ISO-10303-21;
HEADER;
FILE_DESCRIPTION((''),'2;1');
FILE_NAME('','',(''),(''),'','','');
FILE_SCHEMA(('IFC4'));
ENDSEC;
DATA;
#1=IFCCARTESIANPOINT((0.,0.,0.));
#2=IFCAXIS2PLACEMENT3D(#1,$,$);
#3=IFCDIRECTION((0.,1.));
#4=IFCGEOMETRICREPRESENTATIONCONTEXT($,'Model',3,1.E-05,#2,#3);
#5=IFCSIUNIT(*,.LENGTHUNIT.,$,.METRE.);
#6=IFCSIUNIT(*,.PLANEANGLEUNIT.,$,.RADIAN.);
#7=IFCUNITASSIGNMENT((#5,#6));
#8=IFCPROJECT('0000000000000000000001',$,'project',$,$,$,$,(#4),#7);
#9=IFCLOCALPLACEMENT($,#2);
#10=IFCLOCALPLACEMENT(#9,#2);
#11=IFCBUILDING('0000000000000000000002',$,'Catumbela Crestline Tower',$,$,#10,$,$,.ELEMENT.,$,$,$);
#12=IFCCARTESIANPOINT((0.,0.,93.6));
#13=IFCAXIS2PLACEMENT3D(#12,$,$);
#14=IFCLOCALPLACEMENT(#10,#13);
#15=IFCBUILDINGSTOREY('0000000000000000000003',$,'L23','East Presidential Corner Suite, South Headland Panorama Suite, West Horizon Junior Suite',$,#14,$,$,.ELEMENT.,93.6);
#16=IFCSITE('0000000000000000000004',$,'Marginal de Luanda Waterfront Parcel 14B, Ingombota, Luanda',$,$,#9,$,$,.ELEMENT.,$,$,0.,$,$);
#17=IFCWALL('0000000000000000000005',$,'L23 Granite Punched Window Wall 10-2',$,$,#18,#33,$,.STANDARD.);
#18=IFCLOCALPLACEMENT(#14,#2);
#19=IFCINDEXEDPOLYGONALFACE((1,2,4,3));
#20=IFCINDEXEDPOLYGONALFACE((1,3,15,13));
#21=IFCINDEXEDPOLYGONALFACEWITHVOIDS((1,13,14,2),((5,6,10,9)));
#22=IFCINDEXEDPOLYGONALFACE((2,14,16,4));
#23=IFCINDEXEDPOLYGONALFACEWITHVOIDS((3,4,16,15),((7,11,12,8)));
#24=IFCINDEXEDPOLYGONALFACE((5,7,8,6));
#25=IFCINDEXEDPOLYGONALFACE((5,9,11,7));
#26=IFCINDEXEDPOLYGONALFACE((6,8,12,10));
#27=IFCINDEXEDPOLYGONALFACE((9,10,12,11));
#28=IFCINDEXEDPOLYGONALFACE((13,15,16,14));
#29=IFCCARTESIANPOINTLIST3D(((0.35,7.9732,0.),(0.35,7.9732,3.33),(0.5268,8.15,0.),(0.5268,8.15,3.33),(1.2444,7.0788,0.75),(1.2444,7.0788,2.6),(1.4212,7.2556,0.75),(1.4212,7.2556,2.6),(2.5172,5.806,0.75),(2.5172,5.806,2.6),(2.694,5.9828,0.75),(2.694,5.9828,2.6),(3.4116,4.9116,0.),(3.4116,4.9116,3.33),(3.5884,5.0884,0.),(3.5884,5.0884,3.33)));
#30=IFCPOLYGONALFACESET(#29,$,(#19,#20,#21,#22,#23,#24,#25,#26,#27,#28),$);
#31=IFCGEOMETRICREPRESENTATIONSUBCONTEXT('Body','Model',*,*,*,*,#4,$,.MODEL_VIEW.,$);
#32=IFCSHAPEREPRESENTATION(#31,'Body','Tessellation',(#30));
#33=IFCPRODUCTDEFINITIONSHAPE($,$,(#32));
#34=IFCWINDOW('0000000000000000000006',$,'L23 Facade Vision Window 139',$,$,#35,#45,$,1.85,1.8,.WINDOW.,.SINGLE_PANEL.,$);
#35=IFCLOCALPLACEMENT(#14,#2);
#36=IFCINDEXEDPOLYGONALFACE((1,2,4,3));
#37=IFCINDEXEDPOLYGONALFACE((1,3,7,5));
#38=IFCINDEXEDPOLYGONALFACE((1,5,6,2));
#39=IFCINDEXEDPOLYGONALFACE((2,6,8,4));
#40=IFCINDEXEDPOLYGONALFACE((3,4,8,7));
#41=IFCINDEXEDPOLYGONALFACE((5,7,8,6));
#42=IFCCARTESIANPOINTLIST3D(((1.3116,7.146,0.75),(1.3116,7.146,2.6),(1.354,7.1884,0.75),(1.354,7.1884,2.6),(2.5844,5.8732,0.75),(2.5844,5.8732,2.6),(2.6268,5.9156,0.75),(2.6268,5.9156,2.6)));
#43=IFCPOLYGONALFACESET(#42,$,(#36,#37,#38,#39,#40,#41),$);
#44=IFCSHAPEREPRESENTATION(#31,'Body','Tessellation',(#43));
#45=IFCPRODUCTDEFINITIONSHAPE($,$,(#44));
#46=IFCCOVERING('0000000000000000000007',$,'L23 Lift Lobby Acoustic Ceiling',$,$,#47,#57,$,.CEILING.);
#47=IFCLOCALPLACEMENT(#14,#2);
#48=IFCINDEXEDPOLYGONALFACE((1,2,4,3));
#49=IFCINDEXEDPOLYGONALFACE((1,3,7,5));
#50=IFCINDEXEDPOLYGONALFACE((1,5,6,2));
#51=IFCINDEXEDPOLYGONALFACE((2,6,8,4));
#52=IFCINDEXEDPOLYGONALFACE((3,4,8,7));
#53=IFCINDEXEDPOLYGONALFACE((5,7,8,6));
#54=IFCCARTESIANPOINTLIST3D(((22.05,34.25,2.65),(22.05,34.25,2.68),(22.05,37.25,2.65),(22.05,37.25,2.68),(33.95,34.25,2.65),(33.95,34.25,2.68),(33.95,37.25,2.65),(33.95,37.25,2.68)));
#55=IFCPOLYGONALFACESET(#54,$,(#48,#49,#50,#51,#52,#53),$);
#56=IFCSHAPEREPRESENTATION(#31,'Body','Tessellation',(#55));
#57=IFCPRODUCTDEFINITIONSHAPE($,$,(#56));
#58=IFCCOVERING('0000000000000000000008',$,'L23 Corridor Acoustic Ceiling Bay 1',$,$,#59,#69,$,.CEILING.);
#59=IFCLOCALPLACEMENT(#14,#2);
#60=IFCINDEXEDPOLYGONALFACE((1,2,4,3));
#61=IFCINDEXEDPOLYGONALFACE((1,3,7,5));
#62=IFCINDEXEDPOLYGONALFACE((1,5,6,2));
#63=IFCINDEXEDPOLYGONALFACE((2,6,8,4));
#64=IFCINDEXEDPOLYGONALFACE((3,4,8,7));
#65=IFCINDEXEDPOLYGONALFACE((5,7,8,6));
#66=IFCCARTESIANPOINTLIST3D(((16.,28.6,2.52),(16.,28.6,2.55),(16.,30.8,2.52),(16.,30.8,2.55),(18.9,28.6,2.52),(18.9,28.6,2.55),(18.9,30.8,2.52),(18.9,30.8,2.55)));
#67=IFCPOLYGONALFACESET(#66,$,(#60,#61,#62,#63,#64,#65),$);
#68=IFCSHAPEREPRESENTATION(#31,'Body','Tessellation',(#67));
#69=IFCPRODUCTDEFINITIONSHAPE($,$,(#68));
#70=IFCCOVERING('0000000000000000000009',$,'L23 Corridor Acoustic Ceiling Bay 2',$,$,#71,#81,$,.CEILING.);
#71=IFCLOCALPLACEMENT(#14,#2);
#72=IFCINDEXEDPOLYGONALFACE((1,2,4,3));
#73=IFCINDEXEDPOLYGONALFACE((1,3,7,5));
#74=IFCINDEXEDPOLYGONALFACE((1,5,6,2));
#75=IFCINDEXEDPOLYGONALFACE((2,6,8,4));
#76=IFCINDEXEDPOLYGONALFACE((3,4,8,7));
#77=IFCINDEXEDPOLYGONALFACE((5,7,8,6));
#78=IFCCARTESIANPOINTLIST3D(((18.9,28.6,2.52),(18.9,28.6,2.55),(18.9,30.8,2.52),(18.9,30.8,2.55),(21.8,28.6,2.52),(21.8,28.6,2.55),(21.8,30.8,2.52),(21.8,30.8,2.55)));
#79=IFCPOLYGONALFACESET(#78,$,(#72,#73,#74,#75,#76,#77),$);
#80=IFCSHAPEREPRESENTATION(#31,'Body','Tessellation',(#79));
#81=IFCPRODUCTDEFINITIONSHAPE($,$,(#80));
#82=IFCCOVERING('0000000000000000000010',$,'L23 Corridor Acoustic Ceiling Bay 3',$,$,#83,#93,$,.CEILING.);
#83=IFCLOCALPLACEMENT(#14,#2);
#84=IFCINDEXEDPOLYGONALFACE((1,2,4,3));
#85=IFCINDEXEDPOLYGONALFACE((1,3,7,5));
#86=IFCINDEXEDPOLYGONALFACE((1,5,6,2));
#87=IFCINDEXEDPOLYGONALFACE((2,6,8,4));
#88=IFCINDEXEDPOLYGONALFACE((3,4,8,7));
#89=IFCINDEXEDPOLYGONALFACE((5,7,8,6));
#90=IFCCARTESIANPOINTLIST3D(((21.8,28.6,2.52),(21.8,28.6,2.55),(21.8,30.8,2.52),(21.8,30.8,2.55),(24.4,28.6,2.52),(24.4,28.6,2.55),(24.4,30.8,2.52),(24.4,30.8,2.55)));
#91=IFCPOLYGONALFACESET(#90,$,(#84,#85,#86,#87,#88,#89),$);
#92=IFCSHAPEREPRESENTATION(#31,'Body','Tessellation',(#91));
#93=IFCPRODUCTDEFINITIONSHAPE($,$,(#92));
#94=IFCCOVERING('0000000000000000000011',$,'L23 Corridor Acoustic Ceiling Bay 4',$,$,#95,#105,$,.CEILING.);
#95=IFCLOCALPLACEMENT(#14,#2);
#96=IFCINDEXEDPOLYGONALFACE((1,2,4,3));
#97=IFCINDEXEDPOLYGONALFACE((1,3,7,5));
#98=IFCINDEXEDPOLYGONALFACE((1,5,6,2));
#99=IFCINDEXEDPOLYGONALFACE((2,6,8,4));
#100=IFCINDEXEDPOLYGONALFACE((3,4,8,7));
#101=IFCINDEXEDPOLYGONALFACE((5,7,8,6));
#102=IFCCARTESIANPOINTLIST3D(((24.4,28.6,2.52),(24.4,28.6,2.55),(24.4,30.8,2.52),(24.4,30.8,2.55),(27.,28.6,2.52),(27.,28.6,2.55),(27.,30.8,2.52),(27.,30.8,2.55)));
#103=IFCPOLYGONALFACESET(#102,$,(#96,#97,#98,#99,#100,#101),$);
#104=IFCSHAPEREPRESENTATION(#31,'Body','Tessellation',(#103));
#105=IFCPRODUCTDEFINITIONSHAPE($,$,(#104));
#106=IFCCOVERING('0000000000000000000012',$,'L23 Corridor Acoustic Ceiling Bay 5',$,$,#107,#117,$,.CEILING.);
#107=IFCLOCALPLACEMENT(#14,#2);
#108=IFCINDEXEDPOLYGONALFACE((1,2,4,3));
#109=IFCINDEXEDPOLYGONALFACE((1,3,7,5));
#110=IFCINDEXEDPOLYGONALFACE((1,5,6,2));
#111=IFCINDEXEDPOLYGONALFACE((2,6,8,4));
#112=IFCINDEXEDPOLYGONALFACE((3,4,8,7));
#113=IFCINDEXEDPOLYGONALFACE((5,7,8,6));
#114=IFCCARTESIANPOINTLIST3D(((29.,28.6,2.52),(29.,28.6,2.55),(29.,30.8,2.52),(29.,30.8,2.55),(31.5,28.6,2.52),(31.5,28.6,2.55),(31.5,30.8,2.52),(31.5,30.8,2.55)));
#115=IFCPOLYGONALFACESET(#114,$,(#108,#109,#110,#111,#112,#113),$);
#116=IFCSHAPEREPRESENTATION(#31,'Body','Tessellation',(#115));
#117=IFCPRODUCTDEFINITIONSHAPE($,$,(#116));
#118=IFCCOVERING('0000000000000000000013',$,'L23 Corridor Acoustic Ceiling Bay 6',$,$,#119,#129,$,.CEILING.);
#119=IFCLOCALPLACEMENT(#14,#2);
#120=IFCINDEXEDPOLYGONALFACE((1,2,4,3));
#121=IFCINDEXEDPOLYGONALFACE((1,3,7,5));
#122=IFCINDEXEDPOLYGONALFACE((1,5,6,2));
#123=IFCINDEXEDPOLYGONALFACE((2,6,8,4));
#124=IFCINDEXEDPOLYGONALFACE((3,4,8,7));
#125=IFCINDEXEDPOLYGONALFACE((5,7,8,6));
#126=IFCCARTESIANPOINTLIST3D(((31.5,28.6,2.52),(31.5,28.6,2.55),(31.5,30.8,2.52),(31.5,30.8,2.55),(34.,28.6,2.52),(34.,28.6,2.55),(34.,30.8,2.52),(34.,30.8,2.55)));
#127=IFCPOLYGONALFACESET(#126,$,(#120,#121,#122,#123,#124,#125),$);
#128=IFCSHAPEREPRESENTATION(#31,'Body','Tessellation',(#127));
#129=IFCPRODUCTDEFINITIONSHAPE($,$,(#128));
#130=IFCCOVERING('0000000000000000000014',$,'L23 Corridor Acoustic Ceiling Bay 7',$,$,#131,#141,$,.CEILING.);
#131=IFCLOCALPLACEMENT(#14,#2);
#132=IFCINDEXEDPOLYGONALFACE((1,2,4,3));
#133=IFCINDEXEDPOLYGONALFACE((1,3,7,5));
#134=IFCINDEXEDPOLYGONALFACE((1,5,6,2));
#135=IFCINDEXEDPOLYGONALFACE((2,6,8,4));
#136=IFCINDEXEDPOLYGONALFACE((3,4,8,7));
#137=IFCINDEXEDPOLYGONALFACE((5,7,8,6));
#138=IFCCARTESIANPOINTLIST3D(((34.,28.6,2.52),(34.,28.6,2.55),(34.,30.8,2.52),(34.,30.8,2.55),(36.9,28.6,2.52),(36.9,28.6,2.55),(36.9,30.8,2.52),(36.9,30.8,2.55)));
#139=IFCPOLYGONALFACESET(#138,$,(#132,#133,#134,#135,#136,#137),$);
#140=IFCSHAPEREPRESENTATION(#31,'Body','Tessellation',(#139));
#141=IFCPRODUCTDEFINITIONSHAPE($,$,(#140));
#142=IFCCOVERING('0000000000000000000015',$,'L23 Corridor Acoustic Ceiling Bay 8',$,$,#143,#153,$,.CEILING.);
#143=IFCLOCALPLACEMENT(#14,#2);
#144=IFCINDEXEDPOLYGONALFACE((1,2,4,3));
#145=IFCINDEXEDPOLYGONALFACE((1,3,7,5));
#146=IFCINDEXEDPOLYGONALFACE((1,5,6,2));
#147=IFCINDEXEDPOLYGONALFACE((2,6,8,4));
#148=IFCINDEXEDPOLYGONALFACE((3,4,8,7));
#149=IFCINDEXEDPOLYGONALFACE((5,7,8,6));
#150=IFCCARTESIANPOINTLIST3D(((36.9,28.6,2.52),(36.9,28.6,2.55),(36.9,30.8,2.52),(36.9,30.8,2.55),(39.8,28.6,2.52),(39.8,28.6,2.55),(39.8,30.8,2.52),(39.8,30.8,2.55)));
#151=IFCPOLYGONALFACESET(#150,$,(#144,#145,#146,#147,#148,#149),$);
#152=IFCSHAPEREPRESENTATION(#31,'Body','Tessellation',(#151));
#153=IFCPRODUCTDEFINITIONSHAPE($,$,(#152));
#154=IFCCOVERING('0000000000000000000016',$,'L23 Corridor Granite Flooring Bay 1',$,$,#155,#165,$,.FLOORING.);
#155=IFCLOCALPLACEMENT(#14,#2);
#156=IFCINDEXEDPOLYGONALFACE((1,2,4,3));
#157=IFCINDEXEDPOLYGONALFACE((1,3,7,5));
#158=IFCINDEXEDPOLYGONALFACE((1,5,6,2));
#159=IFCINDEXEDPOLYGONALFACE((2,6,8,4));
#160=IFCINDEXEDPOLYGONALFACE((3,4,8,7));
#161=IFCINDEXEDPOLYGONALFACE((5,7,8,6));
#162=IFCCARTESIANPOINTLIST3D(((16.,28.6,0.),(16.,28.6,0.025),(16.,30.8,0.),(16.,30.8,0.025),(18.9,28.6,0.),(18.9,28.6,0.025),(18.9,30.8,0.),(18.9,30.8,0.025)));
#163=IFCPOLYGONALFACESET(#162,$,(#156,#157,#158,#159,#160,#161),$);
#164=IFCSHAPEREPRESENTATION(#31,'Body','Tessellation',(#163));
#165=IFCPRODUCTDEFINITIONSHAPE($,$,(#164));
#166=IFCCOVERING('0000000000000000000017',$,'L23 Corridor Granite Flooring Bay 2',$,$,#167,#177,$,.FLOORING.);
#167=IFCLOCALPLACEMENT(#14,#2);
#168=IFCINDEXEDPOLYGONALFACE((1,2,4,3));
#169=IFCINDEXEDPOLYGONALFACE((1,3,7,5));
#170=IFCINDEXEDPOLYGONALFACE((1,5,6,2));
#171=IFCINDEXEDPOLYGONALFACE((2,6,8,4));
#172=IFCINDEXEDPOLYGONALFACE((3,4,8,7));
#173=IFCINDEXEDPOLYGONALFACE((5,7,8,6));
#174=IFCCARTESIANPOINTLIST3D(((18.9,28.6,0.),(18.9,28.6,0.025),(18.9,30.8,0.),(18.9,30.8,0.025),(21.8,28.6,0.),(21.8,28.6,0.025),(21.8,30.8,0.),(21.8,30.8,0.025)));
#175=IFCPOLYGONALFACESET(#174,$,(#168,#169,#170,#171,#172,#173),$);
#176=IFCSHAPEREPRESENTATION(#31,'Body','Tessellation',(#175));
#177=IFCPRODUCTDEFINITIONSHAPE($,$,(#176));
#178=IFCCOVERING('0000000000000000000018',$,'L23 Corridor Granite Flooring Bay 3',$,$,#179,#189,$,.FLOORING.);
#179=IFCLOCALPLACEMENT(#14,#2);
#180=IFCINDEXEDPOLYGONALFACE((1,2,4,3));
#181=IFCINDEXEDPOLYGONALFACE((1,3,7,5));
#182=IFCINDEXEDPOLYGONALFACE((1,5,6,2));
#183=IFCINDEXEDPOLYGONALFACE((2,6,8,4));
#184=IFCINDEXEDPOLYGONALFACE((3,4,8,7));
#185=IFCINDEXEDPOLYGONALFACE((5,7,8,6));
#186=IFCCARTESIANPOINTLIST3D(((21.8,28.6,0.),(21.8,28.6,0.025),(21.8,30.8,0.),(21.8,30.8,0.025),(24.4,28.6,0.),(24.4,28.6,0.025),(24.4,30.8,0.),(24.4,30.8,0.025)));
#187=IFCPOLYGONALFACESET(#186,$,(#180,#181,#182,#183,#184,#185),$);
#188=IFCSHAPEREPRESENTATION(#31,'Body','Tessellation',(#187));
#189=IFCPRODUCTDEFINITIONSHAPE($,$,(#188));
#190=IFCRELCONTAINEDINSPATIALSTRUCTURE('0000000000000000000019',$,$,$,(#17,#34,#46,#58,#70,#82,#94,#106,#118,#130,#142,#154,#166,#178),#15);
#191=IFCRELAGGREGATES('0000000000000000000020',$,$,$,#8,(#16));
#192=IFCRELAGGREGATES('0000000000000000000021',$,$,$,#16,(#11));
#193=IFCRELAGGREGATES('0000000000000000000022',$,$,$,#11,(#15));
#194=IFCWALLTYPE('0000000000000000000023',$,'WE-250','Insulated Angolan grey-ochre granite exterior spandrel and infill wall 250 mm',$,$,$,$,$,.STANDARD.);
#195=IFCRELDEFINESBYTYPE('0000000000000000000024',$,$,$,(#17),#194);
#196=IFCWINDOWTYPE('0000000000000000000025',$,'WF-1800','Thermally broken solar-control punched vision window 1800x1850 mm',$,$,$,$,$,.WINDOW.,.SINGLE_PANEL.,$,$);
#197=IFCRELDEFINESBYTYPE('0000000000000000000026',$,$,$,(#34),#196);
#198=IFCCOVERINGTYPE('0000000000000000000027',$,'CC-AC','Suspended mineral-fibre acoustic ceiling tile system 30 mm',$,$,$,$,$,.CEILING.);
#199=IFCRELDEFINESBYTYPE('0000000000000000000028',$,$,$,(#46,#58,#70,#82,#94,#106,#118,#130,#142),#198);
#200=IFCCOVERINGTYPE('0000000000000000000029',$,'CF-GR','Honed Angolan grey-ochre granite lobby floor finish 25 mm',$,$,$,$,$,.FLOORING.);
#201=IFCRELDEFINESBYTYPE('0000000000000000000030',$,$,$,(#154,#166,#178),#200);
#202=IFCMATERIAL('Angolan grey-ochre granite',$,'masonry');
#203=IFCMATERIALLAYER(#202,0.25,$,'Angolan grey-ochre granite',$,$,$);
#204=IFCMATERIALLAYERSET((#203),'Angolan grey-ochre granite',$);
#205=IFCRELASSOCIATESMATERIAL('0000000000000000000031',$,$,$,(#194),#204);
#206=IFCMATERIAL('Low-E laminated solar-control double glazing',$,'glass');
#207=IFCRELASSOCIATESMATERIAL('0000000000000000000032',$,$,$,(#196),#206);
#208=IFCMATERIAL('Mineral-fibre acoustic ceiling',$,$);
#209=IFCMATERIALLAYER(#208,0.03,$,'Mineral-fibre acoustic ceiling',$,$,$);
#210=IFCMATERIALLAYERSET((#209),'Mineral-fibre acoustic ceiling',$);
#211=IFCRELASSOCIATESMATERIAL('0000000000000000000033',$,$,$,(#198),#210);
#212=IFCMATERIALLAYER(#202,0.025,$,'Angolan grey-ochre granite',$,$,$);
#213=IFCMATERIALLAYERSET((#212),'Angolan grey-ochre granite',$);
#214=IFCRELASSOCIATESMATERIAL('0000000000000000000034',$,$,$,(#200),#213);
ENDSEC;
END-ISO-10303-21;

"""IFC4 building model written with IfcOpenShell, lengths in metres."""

from ifc_helpers import new_model, si_unit, direction, frame, frame_2d, origin, place, context, subcontext, project, spatial, polyline, rectangle, outline, extrude, material, layer, layer_set, type_object, element, fill, save


model = new_model("IFC4")

# Units and contexts
model_context = context("Model", 3, precision=1e-05, world=origin(), true_north=direction((0.0, 1.0)))
body_context = subcontext(model_context, "Body", "Model", "MODEL_VIEW")
ifc_project = project(units=[si_unit("LENGTHUNIT", "METRE"), si_unit("PLANEANGLEUNIT", "RADIAN")], contexts=[model_context])

# Site, building, storey
site_placement = place(None, origin())
site = spatial("IfcSite", under=ifc_project, at=site_placement, Name="Marginal de Luanda Waterfront Parcel 14B, Ingombota, Luanda", CompositionType="ELEMENT", RefElevation=0.0)
building_placement = place(site_placement, origin())
building = spatial("IfcBuilding", under=site, at=building_placement, Name="Catumbela Crestline Tower", CompositionType="ELEMENT")
storey_placement = place(building_placement, frame((0.0, 0.0, 93.6)))
storey = spatial("IfcBuildingStorey", under=building, at=storey_placement, Name="L23", Description="East Presidential Corner Suite, South Headland Panorama Suite, West Horizon Junior Suite", CompositionType="ELEMENT", Elevation=93.6)

# Shared definitions
ifc_material_1 = material(Name="Angolan grey-ochre granite", Category="masonry")
ifc_layer_1 = layer(ifc_material_1, 0.25, Name="Angolan grey-ochre granite")
ifc_layer_set_1 = layer_set([ifc_layer_1], Name="Angolan grey-ochre granite")
wall_type = type_object("IfcWallType", Name="WE-250", Description="Insulated Angolan grey-ochre granite exterior spandrel and infill wall 250 mm", PredefinedType="STANDARD", material=ifc_layer_set_1)

# Wall, opening, window
wall_1_placement = place(storey_placement, frame((0.4384, 8.0616, 0.0), z_axis=(0.0, 0.0, 1.0), x_axis=(0.707107, -0.707107, 0.0)))
wall_1 = element("IfcWall", 1, at=wall_1_placement, inside=storey, type_object=wall_type, Name="L23 Granite Punched Window Wall 10-2", PredefinedType="STANDARD", context=body_context, shape_type="SweptSolid", body=[
    extrude(rectangle(XDim=4.3298, YDim=0.25, at=frame_2d((2.1649, 0.0))), origin(), (0.0, 0.0, 1.0), 3.33),
])
opening_placement = place(wall_1_placement, frame((1.2649, 0.0, 0.75)))
opening = element("IfcOpeningElement", 2, at=opening_placement, cuts=wall_1, PredefinedType="OPENING", context=body_context, shape_type="SweptSolid", body=[
    extrude(rectangle(XDim=1.8, YDim=1.85, at=frame_2d((0.9, 0.925))), frame((0.0, 0.135, 0.0), z_axis=(0.0, -1.0, 0.0), x_axis=(1.0, 0.0, 0.0)), (0.0, 0.0, 1.0), 0.27),
])
ifc_material_2 = material(Name="Low-E laminated solar-control double glazing", Category="glass")
window_type = type_object("IfcWindowType", Name="WF-1800", Description="Thermally broken solar-control punched vision window 1800x1850 mm", PartitioningType="SINGLE_PANEL", PredefinedType="WINDOW", material=ifc_material_2)
window_placement = place(opening_placement, origin())
window = element("IfcWindow", 3, at=window_placement, inside=storey, type_object=window_type, Name="L23 Facade Vision Window 139", OverallHeight=1.85, OverallWidth=1.8, PartitioningType="SINGLE_PANEL", PredefinedType="WINDOW", context=body_context, shape_type="SweptSolid", body=[
    extrude(rectangle(XDim=1.8, YDim=1.85, at=frame_2d((0.9, 0.925))), frame((0.0, 0.03, 0.0), z_axis=(0.0, -1.0, 0.0), x_axis=(1.0, 0.0, 0.0)), (0.0, 0.0, 1.0), 0.06),
])
fill(opening, window)

# Coverings
ifc_material_3 = material(Name="Mineral-fibre acoustic ceiling")
ifc_layer_2 = layer(ifc_material_3, 0.03, Name="Mineral-fibre acoustic ceiling")
ifc_layer_set_2 = layer_set([ifc_layer_2], Name="Mineral-fibre acoustic ceiling")
covering_type_1 = type_object("IfcCoveringType", Name="CC-AC", Description="Suspended mineral-fibre acoustic ceiling tile system 30 mm", PredefinedType="CEILING", material=ifc_layer_set_2)
covering_1_placement = place(storey_placement, frame((0.0, 0.0, 2.65)))
element("IfcCovering", 4, at=covering_1_placement, inside=storey, type_object=covering_type_1, Name="L23 Lift Lobby Acoustic Ceiling", PredefinedType="CEILING", context=body_context, shape_type="SweptSolid", body=[
    extrude(outline(polyline([(22.05, 34.25), (33.95, 34.25), (33.95, 37.25), (22.05, 37.25), (22.05, 34.25)])), origin(), (0.0, 0.0, 1.0), 0.03),
])
covering_2_placement = place(storey_placement, frame((0.0, 0.0, 2.52)))
element("IfcCovering", 5, at=covering_2_placement, inside=storey, type_object=covering_type_1, Name="L23 Corridor Acoustic Ceiling Bay 1", PredefinedType="CEILING", context=body_context, shape_type="SweptSolid", body=[
    extrude(outline(polyline([(16.0, 28.6), (18.9, 28.6), (18.9, 30.8), (16.0, 30.8), (16.0, 28.6)])), origin(), (0.0, 0.0, 1.0), 0.03),
])
covering_3_placement = place(storey_placement, frame((0.0, 0.0, 2.52)))
element("IfcCovering", 6, at=covering_3_placement, inside=storey, type_object=covering_type_1, Name="L23 Corridor Acoustic Ceiling Bay 2", PredefinedType="CEILING", context=body_context, shape_type="SweptSolid", body=[
    extrude(outline(polyline([(18.9, 28.6), (21.8, 28.6), (21.8, 30.8), (18.9, 30.8), (18.9, 28.6)])), origin(), (0.0, 0.0, 1.0), 0.03),
])
covering_4_placement = place(storey_placement, frame((0.0, 0.0, 2.52)))
element("IfcCovering", 7, at=covering_4_placement, inside=storey, type_object=covering_type_1, Name="L23 Corridor Acoustic Ceiling Bay 3", PredefinedType="CEILING", context=body_context, shape_type="SweptSolid", body=[
    extrude(outline(polyline([(21.8, 28.6), (24.4, 28.6), (24.4, 30.8), (21.8, 30.8), (21.8, 28.6)])), origin(), (0.0, 0.0, 1.0), 0.03),
])
covering_5_placement = place(storey_placement, frame((0.0, 0.0, 2.52)))
element("IfcCovering", 8, at=covering_5_placement, inside=storey, type_object=covering_type_1, Name="L23 Corridor Acoustic Ceiling Bay 4", PredefinedType="CEILING", context=body_context, shape_type="SweptSolid", body=[
    extrude(outline(polyline([(24.4, 28.6), (27.0, 28.6), (27.0, 30.8), (24.4, 30.8), (24.4, 28.6)])), origin(), (0.0, 0.0, 1.0), 0.03),
])
covering_6_placement = place(storey_placement, frame((0.0, 0.0, 2.52)))
element("IfcCovering", 9, at=covering_6_placement, inside=storey, type_object=covering_type_1, Name="L23 Corridor Acoustic Ceiling Bay 5", PredefinedType="CEILING", context=body_context, shape_type="SweptSolid", body=[
    extrude(outline(polyline([(29.0, 28.6), (31.5, 28.6), (31.5, 30.8), (29.0, 30.8), (29.0, 28.6)])), origin(), (0.0, 0.0, 1.0), 0.03),
])
covering_7_placement = place(storey_placement, frame((0.0, 0.0, 2.52)))
element("IfcCovering", 10, at=covering_7_placement, inside=storey, type_object=covering_type_1, Name="L23 Corridor Acoustic Ceiling Bay 6", PredefinedType="CEILING", context=body_context, shape_type="SweptSolid", body=[
    extrude(outline(polyline([(31.5, 28.6), (34.0, 28.6), (34.0, 30.8), (31.5, 30.8), (31.5, 28.6)])), origin(), (0.0, 0.0, 1.0), 0.03),
])
covering_8_placement = place(storey_placement, frame((0.0, 0.0, 2.52)))
element("IfcCovering", 11, at=covering_8_placement, inside=storey, type_object=covering_type_1, Name="L23 Corridor Acoustic Ceiling Bay 7", PredefinedType="CEILING", context=body_context, shape_type="SweptSolid", body=[
    extrude(outline(polyline([(34.0, 28.6), (36.9, 28.6), (36.9, 30.8), (34.0, 30.8), (34.0, 28.6)])), origin(), (0.0, 0.0, 1.0), 0.03),
])
covering_9_placement = place(storey_placement, frame((0.0, 0.0, 2.52)))
element("IfcCovering", 12, at=covering_9_placement, inside=storey, type_object=covering_type_1, Name="L23 Corridor Acoustic Ceiling Bay 8", PredefinedType="CEILING", context=body_context, shape_type="SweptSolid", body=[
    extrude(outline(polyline([(36.9, 28.6), (39.8, 28.6), (39.8, 30.8), (36.9, 30.8), (36.9, 28.6)])), origin(), (0.0, 0.0, 1.0), 0.03),
])
ifc_layer_3 = layer(ifc_material_1, 0.025, Name="Angolan grey-ochre granite")
ifc_layer_set_3 = layer_set([ifc_layer_3], Name="Angolan grey-ochre granite")
covering_type_2 = type_object("IfcCoveringType", Name="CF-GR", Description="Honed Angolan grey-ochre granite lobby floor finish 25 mm", PredefinedType="FLOORING", material=ifc_layer_set_3)
covering_10_placement = place(storey_placement, origin())
element("IfcCovering", 13, at=covering_10_placement, inside=storey, type_object=covering_type_2, Name="L23 Corridor Granite Flooring Bay 1", PredefinedType="FLOORING", context=body_context, shape_type="SweptSolid", body=[
    extrude(outline(polyline([(16.0, 28.6), (18.9, 28.6), (18.9, 30.8), (16.0, 30.8), (16.0, 28.6)])), origin(), (0.0, 0.0, 1.0), 0.025),
])
covering_11_placement = place(storey_placement, origin())
element("IfcCovering", 14, at=covering_11_placement, inside=storey, type_object=covering_type_2, Name="L23 Corridor Granite Flooring Bay 2", PredefinedType="FLOORING", context=body_context, shape_type="SweptSolid", body=[
    extrude(outline(polyline([(18.9, 28.6), (21.8, 28.6), (21.8, 30.8), (18.9, 30.8), (18.9, 28.6)])), origin(), (0.0, 0.0, 1.0), 0.025),
])
covering_12_placement = place(storey_placement, origin())
element("IfcCovering", 15, at=covering_12_placement, inside=storey, type_object=covering_type_2, Name="L23 Corridor Granite Flooring Bay 3", PredefinedType="FLOORING", context=body_context, shape_type="SweptSolid", body=[
    extrude(outline(polyline([(21.8, 28.6), (24.4, 28.6), (24.4, 30.8), (21.8, 30.8), (21.8, 28.6)])), origin(), (0.0, 0.0, 1.0), 0.025),
])

save(model, "model.ifc")
